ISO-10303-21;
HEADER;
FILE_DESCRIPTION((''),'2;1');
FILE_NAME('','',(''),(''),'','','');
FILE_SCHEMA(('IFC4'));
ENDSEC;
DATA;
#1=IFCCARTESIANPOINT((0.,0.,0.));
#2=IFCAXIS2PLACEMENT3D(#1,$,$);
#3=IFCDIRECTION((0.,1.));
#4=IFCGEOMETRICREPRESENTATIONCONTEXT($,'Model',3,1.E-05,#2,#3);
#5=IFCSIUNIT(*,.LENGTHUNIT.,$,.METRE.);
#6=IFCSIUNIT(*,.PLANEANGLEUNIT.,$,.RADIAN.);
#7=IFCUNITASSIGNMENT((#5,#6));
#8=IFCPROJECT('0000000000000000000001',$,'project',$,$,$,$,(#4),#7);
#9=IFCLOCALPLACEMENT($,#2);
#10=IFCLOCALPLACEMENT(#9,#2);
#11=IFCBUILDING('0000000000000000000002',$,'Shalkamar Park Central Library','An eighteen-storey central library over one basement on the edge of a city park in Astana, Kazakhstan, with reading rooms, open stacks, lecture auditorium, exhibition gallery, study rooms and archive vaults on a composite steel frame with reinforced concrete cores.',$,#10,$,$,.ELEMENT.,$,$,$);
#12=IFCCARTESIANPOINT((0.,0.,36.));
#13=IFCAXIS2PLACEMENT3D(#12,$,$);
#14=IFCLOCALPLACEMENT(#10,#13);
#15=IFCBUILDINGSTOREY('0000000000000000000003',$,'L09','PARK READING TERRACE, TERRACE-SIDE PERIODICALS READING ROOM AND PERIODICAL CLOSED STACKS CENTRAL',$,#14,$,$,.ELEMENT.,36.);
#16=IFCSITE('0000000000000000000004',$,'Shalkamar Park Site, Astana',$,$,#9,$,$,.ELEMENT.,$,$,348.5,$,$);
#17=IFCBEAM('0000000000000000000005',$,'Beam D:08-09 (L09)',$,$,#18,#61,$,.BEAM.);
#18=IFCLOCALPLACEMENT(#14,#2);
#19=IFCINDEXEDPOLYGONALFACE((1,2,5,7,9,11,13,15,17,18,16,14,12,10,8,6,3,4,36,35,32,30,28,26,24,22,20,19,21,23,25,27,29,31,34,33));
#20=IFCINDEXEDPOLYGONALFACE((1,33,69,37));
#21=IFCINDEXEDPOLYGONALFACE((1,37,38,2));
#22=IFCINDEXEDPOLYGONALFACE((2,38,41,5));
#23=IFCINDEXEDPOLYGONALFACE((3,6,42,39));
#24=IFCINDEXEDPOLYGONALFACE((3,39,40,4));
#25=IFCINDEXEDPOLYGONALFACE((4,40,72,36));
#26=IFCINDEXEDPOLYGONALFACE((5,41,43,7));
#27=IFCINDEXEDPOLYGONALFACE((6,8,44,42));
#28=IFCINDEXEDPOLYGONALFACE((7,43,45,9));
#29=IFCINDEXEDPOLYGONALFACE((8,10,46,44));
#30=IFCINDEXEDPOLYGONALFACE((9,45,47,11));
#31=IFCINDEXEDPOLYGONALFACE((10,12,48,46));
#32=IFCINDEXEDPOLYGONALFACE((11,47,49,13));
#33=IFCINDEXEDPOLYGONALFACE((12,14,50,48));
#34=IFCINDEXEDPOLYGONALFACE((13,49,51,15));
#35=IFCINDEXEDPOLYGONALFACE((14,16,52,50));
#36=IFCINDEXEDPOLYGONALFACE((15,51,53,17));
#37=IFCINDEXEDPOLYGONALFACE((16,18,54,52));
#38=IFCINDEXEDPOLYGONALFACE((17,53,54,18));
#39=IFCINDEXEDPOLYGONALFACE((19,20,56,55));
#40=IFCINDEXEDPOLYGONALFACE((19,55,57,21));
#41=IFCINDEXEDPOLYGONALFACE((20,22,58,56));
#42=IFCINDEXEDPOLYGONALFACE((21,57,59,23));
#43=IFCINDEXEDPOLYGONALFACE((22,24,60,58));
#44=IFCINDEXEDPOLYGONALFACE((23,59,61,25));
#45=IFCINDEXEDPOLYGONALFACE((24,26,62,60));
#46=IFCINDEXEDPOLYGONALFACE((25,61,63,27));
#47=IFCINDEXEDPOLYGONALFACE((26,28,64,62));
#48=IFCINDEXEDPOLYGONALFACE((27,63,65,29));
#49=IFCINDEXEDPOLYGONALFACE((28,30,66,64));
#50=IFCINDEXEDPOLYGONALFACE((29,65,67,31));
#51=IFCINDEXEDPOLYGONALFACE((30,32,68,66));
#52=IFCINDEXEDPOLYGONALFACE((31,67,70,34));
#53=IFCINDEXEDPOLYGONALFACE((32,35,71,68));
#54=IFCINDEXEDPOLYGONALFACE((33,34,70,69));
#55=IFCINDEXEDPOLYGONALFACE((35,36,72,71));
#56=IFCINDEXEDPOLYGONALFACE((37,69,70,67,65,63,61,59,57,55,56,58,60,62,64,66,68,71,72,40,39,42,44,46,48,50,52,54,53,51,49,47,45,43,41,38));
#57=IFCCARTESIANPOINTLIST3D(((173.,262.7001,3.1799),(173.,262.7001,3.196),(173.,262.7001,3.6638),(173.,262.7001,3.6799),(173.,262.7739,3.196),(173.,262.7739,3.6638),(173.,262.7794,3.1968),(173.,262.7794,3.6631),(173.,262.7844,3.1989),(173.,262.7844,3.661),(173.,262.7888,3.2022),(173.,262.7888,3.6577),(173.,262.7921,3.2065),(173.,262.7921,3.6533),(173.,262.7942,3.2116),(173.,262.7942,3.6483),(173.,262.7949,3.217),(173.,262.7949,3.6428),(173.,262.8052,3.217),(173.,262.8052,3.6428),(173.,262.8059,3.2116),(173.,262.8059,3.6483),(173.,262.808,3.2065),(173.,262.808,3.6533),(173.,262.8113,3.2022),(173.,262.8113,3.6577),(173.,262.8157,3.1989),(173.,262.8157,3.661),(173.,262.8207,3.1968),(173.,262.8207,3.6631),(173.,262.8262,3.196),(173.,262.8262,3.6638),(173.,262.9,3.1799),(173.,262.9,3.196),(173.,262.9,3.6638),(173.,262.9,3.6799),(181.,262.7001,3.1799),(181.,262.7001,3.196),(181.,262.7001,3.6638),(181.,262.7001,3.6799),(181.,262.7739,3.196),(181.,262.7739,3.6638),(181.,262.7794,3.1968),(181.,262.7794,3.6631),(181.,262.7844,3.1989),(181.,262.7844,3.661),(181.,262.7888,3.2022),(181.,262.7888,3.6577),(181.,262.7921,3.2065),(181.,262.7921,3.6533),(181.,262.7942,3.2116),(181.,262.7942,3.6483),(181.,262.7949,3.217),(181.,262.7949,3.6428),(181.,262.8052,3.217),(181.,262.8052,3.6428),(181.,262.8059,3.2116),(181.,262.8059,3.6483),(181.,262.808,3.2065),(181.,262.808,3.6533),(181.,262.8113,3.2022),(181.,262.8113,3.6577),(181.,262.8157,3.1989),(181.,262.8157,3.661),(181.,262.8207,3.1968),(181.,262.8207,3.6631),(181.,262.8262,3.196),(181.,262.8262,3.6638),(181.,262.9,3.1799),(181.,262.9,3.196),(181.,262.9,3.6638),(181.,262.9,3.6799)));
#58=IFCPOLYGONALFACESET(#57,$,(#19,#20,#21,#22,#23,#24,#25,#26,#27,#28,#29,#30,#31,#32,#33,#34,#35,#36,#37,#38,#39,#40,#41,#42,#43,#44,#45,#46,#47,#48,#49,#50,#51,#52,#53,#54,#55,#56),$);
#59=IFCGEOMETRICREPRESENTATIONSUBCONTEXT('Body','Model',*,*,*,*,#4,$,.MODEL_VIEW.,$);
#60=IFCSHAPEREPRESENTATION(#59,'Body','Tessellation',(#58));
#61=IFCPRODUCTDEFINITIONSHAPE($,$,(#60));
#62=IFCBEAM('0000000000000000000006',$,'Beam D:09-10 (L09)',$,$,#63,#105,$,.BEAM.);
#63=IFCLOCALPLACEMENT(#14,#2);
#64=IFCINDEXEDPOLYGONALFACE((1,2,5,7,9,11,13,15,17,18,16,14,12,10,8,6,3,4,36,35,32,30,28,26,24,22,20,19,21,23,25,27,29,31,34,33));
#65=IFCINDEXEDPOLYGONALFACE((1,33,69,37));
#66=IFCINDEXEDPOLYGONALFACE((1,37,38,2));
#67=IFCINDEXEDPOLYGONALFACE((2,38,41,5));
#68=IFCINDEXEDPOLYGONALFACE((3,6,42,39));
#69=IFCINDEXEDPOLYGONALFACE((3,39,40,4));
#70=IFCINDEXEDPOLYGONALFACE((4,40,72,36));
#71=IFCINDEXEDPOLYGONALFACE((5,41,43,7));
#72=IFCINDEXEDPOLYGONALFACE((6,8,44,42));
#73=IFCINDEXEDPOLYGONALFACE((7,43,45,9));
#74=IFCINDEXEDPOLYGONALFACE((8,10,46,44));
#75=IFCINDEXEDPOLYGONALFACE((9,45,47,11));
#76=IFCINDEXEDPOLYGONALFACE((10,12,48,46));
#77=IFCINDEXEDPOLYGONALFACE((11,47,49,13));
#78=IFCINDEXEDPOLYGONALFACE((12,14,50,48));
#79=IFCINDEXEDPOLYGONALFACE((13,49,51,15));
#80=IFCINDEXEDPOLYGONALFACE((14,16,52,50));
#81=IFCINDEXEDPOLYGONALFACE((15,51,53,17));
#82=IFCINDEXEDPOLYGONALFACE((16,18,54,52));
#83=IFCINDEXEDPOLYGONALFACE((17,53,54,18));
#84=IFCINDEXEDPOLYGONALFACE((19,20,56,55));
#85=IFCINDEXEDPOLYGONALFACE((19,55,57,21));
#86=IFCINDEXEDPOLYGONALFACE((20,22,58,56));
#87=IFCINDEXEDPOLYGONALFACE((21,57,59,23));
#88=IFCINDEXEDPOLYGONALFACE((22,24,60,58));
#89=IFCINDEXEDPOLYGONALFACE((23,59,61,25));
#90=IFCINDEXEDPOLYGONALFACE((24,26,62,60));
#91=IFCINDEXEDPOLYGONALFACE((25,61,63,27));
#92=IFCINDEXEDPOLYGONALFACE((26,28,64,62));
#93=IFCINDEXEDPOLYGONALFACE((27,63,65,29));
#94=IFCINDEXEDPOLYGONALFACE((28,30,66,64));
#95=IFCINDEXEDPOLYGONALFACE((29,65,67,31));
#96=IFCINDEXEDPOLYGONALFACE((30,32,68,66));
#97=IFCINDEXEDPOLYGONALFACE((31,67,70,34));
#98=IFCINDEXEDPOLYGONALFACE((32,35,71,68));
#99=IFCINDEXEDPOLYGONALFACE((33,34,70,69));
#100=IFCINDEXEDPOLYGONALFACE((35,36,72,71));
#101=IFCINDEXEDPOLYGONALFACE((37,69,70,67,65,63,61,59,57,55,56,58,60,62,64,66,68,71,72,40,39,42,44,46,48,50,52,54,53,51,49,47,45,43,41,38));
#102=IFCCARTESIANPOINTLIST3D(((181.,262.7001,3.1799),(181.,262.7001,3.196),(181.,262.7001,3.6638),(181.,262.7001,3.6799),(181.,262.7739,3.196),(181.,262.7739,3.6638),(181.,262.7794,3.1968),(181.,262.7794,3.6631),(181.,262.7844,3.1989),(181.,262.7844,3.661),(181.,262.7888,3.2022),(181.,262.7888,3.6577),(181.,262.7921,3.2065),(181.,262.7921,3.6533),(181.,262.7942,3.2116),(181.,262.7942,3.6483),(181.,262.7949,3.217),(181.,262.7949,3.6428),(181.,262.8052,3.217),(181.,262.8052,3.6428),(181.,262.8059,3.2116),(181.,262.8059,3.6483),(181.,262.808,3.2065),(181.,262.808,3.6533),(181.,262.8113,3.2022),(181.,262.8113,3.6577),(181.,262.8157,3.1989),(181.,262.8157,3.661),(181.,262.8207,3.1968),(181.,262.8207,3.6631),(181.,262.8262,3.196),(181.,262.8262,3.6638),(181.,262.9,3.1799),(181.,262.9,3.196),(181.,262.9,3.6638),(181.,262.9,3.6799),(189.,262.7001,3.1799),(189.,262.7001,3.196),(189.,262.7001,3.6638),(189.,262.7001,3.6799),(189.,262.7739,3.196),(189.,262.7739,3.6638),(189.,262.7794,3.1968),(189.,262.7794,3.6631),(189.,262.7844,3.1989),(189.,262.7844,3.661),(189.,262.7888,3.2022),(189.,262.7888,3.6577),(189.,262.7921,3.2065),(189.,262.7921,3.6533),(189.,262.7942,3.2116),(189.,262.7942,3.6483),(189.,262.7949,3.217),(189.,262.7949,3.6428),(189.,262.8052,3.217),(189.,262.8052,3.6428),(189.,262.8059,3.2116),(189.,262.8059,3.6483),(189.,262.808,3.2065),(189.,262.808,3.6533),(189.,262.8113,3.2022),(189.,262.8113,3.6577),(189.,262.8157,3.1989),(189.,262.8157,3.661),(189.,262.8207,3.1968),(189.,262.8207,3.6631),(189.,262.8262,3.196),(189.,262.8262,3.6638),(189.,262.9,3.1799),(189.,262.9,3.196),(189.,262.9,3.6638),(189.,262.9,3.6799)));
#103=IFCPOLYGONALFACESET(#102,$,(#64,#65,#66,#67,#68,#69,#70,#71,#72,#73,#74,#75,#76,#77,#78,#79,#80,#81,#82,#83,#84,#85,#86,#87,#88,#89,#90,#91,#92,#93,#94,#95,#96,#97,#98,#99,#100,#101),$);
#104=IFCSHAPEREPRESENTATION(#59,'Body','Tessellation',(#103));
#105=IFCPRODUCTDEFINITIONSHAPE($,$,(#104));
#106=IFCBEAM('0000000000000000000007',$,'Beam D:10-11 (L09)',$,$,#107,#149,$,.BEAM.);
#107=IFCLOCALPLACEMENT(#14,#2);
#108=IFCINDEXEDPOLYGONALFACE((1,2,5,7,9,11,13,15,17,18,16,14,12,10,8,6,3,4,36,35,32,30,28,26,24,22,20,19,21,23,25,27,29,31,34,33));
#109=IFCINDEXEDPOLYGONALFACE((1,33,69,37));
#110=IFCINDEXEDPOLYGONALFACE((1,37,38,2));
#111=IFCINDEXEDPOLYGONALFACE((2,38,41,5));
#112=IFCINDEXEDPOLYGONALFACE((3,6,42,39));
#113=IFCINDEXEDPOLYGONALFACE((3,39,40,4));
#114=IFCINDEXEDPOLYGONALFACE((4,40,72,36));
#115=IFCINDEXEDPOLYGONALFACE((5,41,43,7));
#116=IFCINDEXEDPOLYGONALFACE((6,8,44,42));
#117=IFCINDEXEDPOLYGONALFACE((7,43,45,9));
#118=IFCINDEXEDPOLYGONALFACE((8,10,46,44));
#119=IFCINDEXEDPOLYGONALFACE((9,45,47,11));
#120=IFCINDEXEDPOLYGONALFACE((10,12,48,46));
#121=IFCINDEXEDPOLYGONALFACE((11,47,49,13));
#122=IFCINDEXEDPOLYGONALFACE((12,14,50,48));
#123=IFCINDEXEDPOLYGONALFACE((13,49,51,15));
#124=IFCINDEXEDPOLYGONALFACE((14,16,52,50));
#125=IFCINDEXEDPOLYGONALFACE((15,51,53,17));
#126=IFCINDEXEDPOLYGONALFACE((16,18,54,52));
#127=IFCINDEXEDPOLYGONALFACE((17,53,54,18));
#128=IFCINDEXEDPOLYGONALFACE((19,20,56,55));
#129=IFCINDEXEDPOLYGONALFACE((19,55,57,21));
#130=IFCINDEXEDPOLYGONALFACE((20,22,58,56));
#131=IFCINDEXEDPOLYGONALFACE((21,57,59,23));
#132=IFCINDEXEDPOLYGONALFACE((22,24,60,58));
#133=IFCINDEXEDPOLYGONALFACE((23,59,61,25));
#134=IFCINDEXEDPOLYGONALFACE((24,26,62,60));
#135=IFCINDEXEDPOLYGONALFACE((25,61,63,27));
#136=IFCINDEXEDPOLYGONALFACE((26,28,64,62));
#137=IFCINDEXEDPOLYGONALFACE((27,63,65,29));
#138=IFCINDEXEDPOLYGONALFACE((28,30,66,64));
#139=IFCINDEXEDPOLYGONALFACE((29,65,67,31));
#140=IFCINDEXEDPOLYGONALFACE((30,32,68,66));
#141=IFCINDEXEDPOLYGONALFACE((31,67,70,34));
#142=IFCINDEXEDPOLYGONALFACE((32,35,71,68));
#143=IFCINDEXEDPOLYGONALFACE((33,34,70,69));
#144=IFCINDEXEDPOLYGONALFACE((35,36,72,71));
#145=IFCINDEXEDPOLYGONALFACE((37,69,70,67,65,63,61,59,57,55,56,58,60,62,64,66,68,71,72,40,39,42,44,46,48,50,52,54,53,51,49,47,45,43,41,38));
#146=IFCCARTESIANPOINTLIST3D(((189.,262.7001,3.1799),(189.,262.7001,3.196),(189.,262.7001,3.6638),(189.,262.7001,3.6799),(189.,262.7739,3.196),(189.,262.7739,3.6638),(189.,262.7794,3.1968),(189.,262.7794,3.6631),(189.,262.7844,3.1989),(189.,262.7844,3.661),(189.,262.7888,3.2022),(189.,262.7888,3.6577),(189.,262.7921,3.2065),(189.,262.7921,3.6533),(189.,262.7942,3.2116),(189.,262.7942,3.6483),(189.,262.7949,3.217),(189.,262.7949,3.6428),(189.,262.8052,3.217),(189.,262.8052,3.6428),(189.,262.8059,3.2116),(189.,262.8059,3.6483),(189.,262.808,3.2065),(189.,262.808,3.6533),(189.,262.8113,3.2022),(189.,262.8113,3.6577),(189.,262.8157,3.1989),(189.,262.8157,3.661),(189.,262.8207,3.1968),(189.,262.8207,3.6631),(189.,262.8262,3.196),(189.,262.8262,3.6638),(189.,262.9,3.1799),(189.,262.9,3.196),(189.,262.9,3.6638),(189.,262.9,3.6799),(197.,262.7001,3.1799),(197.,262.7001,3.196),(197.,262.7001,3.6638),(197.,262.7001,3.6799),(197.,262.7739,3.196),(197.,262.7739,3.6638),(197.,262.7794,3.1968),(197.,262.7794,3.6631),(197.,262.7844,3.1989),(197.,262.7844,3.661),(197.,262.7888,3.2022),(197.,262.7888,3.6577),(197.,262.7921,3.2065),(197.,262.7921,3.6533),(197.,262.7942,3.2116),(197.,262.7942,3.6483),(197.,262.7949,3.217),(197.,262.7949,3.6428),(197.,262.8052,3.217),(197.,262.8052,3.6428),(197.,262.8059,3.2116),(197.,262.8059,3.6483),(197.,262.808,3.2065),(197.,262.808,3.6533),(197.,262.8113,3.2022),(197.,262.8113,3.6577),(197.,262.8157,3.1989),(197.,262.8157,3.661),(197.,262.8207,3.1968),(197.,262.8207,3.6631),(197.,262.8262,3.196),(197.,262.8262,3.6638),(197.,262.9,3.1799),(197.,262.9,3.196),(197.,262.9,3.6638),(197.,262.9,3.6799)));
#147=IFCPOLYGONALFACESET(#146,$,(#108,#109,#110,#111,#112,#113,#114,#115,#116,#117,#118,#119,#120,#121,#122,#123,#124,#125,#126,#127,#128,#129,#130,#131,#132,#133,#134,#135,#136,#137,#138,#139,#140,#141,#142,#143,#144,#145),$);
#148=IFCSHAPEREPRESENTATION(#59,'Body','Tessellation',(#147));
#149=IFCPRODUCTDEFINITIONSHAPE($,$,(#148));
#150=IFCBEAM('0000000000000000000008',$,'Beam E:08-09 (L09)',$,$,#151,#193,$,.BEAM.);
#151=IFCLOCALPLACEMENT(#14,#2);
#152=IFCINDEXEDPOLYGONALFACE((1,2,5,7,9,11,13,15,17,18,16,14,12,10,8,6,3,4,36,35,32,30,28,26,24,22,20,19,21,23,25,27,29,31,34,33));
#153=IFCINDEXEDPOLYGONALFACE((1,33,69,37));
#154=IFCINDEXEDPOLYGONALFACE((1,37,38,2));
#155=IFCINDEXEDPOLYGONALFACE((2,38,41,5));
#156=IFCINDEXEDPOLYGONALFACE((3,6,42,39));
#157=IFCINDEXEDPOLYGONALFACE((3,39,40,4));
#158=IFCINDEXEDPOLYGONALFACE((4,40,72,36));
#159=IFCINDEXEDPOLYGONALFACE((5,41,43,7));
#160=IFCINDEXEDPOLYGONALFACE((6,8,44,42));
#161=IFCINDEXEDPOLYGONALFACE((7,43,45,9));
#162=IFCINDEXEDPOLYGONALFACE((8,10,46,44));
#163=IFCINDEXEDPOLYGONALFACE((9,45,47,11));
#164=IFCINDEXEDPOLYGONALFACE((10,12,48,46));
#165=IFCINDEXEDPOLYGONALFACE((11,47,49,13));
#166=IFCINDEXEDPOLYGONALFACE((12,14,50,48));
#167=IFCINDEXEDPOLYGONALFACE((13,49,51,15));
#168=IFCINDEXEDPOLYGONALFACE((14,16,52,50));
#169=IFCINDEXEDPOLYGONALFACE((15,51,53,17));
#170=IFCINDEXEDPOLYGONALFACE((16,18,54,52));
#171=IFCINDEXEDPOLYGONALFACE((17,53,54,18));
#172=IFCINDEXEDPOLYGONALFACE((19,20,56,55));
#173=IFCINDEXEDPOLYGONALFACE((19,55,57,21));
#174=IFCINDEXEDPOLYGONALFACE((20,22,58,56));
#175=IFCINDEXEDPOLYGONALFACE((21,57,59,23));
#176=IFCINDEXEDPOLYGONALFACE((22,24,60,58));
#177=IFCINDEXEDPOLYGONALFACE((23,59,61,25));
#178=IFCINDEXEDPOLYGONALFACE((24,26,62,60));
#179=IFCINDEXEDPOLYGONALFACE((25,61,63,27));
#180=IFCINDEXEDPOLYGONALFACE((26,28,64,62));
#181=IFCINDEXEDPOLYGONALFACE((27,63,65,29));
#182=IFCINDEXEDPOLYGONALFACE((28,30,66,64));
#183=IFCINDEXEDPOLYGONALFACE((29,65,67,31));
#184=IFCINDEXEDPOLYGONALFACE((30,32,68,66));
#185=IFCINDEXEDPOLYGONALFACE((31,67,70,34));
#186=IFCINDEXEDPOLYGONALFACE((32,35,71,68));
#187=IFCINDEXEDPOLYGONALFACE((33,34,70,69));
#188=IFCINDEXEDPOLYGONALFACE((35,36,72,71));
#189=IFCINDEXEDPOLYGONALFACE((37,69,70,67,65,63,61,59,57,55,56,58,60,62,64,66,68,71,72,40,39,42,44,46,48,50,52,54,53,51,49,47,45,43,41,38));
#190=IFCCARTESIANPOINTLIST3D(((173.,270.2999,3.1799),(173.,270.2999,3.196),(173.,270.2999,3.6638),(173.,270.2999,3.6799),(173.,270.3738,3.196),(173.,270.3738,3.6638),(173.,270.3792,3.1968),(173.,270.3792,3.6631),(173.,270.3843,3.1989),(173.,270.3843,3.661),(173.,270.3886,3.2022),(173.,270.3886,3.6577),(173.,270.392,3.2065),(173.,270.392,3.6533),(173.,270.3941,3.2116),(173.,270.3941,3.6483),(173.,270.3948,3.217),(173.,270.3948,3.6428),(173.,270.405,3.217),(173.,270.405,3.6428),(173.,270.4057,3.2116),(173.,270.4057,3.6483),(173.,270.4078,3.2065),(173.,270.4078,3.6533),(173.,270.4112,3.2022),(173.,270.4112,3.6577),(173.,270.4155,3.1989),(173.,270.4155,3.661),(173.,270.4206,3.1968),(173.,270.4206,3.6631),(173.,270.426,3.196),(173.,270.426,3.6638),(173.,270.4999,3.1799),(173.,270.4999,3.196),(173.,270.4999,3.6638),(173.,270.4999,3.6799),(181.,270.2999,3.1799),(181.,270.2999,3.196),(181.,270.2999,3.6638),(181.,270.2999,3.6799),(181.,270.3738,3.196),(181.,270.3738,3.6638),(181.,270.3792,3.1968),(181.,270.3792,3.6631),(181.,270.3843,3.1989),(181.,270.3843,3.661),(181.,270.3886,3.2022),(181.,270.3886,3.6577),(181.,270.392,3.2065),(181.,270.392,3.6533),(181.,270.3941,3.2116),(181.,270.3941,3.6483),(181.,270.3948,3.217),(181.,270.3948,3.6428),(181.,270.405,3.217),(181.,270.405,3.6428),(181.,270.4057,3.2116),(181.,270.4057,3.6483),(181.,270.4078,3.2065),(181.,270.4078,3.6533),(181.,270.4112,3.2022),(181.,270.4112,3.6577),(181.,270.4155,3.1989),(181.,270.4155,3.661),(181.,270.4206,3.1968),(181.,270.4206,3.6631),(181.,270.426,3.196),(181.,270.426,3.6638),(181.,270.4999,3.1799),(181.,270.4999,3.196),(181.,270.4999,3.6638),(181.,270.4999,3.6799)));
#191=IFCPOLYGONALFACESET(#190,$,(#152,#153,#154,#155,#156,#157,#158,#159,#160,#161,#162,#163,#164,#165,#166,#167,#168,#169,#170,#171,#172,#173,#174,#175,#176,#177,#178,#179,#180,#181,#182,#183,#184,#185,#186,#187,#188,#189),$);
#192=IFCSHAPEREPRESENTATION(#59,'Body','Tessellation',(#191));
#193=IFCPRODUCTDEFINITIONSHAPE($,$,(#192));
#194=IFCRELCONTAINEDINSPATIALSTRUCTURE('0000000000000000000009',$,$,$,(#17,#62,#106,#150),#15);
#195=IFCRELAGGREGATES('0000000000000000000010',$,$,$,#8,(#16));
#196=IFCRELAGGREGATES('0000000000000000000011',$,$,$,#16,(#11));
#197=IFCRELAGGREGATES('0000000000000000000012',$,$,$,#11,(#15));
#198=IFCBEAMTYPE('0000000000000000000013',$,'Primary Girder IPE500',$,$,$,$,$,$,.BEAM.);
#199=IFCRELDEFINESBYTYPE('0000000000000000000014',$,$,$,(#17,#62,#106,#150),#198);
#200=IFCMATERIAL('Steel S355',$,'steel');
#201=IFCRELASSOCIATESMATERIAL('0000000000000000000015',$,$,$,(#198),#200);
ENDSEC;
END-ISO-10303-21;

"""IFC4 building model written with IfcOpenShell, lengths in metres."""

from ifc_helpers import new_model, si_unit, direction, frame, origin, origin_2d, place, context, subcontext, project, spatial, i_section, extrude, material, material_profile, profile_set, type_object, element, save


model = new_model("IFC4")

# Units and contexts
model_context = context("Model", 3, precision=1e-05, world=origin(), true_north=direction((0.0, 1.0)))
body_context = subcontext(model_context, "Body", "Model", "MODEL_VIEW")
ifc_project = project(units=[si_unit("LENGTHUNIT", "METRE"), si_unit("PLANEANGLEUNIT", "RADIAN")], contexts=[model_context])

# Site, building, storey
site_placement = place(None, origin())
site = spatial("IfcSite", under=ifc_project, at=site_placement, Name="Shalkamar Park Site, Astana", CompositionType="ELEMENT", RefElevation=348.5)
building_placement = place(site_placement, origin())
building = spatial("IfcBuilding", under=site, at=building_placement, Name="Shalkamar Park Central Library", Description="An eighteen-storey central library over one basement on the edge of a city park in Astana, Kazakhstan, with reading rooms, open stacks, lecture auditorium, exhibition gallery, study rooms and archive vaults on a composite steel frame with reinforced concrete cores.", CompositionType="ELEMENT")
storey_placement = place(building_placement, frame((0.0, 0.0, 36.0)))
storey = spatial("IfcBuildingStorey", under=building, at=storey_placement, Name="L09", Description="PARK READING TERRACE, TERRACE-SIDE PERIODICALS READING ROOM AND PERIODICAL CLOSED STACKS CENTRAL", CompositionType="ELEMENT", Elevation=36.0)

# Shared definitions
ifc_material_1 = material(Name="Steel S355", Category="steel")

# Beams
ifc_material_profile_1 = material_profile(ifc_material_1, i_section(OverallWidth=0.2, OverallDepth=0.5, WebThickness=0.0103, FlangeThickness=0.0161, FilletRadius=0.021, at=origin_2d()), Name="IPE 500")
ifc_profile_set_1 = profile_set([ifc_material_profile_1], Name="Steel S355")
beam_type_1 = type_object("IfcBeamType", Name="Primary Girder IPE500", PredefinedType="BEAM", material=ifc_profile_set_1)
for number, where, z_axis, x_axis, name in (
    (1, (173.0, 262.8, 3.4299), (1.0, 0.0, 0.0), (0.0, 1.0, 0.0), "Beam D:08-09 (L09)"),
    (2, (181.0, 262.8, 3.4299), (1.0, 0.0, 0.0), (0.0, 1.0, 0.0), "Beam D:09-10 (L09)"),
    (3, (189.0, 262.8, 3.4299), (1.0, 0.0, 0.0), (0.0, 1.0, 0.0), "Beam D:10-11 (L09)"),
    (4, (173.0, 270.3999, 3.4299), (1.0, 0.0, 0.0), (0.0, 1.0, 0.0), "Beam E:08-09 (L09)"),
):
    element("IfcBeam", number, at=place(storey_placement, frame(where, z_axis=z_axis, x_axis=x_axis)), inside=storey, type_object=beam_type_1, Name=name, PredefinedType="BEAM", context=body_context, shape_type="SweptSolid", body=[
        extrude(i_section(OverallWidth=0.2, OverallDepth=0.5, WebThickness=0.0103, FlangeThickness=0.0161, FilletRadius=0.021, at=origin_2d()), origin(), (0.0, 0.0, 1.0), 8.0),
    ])

save(model, "model.ifc")
